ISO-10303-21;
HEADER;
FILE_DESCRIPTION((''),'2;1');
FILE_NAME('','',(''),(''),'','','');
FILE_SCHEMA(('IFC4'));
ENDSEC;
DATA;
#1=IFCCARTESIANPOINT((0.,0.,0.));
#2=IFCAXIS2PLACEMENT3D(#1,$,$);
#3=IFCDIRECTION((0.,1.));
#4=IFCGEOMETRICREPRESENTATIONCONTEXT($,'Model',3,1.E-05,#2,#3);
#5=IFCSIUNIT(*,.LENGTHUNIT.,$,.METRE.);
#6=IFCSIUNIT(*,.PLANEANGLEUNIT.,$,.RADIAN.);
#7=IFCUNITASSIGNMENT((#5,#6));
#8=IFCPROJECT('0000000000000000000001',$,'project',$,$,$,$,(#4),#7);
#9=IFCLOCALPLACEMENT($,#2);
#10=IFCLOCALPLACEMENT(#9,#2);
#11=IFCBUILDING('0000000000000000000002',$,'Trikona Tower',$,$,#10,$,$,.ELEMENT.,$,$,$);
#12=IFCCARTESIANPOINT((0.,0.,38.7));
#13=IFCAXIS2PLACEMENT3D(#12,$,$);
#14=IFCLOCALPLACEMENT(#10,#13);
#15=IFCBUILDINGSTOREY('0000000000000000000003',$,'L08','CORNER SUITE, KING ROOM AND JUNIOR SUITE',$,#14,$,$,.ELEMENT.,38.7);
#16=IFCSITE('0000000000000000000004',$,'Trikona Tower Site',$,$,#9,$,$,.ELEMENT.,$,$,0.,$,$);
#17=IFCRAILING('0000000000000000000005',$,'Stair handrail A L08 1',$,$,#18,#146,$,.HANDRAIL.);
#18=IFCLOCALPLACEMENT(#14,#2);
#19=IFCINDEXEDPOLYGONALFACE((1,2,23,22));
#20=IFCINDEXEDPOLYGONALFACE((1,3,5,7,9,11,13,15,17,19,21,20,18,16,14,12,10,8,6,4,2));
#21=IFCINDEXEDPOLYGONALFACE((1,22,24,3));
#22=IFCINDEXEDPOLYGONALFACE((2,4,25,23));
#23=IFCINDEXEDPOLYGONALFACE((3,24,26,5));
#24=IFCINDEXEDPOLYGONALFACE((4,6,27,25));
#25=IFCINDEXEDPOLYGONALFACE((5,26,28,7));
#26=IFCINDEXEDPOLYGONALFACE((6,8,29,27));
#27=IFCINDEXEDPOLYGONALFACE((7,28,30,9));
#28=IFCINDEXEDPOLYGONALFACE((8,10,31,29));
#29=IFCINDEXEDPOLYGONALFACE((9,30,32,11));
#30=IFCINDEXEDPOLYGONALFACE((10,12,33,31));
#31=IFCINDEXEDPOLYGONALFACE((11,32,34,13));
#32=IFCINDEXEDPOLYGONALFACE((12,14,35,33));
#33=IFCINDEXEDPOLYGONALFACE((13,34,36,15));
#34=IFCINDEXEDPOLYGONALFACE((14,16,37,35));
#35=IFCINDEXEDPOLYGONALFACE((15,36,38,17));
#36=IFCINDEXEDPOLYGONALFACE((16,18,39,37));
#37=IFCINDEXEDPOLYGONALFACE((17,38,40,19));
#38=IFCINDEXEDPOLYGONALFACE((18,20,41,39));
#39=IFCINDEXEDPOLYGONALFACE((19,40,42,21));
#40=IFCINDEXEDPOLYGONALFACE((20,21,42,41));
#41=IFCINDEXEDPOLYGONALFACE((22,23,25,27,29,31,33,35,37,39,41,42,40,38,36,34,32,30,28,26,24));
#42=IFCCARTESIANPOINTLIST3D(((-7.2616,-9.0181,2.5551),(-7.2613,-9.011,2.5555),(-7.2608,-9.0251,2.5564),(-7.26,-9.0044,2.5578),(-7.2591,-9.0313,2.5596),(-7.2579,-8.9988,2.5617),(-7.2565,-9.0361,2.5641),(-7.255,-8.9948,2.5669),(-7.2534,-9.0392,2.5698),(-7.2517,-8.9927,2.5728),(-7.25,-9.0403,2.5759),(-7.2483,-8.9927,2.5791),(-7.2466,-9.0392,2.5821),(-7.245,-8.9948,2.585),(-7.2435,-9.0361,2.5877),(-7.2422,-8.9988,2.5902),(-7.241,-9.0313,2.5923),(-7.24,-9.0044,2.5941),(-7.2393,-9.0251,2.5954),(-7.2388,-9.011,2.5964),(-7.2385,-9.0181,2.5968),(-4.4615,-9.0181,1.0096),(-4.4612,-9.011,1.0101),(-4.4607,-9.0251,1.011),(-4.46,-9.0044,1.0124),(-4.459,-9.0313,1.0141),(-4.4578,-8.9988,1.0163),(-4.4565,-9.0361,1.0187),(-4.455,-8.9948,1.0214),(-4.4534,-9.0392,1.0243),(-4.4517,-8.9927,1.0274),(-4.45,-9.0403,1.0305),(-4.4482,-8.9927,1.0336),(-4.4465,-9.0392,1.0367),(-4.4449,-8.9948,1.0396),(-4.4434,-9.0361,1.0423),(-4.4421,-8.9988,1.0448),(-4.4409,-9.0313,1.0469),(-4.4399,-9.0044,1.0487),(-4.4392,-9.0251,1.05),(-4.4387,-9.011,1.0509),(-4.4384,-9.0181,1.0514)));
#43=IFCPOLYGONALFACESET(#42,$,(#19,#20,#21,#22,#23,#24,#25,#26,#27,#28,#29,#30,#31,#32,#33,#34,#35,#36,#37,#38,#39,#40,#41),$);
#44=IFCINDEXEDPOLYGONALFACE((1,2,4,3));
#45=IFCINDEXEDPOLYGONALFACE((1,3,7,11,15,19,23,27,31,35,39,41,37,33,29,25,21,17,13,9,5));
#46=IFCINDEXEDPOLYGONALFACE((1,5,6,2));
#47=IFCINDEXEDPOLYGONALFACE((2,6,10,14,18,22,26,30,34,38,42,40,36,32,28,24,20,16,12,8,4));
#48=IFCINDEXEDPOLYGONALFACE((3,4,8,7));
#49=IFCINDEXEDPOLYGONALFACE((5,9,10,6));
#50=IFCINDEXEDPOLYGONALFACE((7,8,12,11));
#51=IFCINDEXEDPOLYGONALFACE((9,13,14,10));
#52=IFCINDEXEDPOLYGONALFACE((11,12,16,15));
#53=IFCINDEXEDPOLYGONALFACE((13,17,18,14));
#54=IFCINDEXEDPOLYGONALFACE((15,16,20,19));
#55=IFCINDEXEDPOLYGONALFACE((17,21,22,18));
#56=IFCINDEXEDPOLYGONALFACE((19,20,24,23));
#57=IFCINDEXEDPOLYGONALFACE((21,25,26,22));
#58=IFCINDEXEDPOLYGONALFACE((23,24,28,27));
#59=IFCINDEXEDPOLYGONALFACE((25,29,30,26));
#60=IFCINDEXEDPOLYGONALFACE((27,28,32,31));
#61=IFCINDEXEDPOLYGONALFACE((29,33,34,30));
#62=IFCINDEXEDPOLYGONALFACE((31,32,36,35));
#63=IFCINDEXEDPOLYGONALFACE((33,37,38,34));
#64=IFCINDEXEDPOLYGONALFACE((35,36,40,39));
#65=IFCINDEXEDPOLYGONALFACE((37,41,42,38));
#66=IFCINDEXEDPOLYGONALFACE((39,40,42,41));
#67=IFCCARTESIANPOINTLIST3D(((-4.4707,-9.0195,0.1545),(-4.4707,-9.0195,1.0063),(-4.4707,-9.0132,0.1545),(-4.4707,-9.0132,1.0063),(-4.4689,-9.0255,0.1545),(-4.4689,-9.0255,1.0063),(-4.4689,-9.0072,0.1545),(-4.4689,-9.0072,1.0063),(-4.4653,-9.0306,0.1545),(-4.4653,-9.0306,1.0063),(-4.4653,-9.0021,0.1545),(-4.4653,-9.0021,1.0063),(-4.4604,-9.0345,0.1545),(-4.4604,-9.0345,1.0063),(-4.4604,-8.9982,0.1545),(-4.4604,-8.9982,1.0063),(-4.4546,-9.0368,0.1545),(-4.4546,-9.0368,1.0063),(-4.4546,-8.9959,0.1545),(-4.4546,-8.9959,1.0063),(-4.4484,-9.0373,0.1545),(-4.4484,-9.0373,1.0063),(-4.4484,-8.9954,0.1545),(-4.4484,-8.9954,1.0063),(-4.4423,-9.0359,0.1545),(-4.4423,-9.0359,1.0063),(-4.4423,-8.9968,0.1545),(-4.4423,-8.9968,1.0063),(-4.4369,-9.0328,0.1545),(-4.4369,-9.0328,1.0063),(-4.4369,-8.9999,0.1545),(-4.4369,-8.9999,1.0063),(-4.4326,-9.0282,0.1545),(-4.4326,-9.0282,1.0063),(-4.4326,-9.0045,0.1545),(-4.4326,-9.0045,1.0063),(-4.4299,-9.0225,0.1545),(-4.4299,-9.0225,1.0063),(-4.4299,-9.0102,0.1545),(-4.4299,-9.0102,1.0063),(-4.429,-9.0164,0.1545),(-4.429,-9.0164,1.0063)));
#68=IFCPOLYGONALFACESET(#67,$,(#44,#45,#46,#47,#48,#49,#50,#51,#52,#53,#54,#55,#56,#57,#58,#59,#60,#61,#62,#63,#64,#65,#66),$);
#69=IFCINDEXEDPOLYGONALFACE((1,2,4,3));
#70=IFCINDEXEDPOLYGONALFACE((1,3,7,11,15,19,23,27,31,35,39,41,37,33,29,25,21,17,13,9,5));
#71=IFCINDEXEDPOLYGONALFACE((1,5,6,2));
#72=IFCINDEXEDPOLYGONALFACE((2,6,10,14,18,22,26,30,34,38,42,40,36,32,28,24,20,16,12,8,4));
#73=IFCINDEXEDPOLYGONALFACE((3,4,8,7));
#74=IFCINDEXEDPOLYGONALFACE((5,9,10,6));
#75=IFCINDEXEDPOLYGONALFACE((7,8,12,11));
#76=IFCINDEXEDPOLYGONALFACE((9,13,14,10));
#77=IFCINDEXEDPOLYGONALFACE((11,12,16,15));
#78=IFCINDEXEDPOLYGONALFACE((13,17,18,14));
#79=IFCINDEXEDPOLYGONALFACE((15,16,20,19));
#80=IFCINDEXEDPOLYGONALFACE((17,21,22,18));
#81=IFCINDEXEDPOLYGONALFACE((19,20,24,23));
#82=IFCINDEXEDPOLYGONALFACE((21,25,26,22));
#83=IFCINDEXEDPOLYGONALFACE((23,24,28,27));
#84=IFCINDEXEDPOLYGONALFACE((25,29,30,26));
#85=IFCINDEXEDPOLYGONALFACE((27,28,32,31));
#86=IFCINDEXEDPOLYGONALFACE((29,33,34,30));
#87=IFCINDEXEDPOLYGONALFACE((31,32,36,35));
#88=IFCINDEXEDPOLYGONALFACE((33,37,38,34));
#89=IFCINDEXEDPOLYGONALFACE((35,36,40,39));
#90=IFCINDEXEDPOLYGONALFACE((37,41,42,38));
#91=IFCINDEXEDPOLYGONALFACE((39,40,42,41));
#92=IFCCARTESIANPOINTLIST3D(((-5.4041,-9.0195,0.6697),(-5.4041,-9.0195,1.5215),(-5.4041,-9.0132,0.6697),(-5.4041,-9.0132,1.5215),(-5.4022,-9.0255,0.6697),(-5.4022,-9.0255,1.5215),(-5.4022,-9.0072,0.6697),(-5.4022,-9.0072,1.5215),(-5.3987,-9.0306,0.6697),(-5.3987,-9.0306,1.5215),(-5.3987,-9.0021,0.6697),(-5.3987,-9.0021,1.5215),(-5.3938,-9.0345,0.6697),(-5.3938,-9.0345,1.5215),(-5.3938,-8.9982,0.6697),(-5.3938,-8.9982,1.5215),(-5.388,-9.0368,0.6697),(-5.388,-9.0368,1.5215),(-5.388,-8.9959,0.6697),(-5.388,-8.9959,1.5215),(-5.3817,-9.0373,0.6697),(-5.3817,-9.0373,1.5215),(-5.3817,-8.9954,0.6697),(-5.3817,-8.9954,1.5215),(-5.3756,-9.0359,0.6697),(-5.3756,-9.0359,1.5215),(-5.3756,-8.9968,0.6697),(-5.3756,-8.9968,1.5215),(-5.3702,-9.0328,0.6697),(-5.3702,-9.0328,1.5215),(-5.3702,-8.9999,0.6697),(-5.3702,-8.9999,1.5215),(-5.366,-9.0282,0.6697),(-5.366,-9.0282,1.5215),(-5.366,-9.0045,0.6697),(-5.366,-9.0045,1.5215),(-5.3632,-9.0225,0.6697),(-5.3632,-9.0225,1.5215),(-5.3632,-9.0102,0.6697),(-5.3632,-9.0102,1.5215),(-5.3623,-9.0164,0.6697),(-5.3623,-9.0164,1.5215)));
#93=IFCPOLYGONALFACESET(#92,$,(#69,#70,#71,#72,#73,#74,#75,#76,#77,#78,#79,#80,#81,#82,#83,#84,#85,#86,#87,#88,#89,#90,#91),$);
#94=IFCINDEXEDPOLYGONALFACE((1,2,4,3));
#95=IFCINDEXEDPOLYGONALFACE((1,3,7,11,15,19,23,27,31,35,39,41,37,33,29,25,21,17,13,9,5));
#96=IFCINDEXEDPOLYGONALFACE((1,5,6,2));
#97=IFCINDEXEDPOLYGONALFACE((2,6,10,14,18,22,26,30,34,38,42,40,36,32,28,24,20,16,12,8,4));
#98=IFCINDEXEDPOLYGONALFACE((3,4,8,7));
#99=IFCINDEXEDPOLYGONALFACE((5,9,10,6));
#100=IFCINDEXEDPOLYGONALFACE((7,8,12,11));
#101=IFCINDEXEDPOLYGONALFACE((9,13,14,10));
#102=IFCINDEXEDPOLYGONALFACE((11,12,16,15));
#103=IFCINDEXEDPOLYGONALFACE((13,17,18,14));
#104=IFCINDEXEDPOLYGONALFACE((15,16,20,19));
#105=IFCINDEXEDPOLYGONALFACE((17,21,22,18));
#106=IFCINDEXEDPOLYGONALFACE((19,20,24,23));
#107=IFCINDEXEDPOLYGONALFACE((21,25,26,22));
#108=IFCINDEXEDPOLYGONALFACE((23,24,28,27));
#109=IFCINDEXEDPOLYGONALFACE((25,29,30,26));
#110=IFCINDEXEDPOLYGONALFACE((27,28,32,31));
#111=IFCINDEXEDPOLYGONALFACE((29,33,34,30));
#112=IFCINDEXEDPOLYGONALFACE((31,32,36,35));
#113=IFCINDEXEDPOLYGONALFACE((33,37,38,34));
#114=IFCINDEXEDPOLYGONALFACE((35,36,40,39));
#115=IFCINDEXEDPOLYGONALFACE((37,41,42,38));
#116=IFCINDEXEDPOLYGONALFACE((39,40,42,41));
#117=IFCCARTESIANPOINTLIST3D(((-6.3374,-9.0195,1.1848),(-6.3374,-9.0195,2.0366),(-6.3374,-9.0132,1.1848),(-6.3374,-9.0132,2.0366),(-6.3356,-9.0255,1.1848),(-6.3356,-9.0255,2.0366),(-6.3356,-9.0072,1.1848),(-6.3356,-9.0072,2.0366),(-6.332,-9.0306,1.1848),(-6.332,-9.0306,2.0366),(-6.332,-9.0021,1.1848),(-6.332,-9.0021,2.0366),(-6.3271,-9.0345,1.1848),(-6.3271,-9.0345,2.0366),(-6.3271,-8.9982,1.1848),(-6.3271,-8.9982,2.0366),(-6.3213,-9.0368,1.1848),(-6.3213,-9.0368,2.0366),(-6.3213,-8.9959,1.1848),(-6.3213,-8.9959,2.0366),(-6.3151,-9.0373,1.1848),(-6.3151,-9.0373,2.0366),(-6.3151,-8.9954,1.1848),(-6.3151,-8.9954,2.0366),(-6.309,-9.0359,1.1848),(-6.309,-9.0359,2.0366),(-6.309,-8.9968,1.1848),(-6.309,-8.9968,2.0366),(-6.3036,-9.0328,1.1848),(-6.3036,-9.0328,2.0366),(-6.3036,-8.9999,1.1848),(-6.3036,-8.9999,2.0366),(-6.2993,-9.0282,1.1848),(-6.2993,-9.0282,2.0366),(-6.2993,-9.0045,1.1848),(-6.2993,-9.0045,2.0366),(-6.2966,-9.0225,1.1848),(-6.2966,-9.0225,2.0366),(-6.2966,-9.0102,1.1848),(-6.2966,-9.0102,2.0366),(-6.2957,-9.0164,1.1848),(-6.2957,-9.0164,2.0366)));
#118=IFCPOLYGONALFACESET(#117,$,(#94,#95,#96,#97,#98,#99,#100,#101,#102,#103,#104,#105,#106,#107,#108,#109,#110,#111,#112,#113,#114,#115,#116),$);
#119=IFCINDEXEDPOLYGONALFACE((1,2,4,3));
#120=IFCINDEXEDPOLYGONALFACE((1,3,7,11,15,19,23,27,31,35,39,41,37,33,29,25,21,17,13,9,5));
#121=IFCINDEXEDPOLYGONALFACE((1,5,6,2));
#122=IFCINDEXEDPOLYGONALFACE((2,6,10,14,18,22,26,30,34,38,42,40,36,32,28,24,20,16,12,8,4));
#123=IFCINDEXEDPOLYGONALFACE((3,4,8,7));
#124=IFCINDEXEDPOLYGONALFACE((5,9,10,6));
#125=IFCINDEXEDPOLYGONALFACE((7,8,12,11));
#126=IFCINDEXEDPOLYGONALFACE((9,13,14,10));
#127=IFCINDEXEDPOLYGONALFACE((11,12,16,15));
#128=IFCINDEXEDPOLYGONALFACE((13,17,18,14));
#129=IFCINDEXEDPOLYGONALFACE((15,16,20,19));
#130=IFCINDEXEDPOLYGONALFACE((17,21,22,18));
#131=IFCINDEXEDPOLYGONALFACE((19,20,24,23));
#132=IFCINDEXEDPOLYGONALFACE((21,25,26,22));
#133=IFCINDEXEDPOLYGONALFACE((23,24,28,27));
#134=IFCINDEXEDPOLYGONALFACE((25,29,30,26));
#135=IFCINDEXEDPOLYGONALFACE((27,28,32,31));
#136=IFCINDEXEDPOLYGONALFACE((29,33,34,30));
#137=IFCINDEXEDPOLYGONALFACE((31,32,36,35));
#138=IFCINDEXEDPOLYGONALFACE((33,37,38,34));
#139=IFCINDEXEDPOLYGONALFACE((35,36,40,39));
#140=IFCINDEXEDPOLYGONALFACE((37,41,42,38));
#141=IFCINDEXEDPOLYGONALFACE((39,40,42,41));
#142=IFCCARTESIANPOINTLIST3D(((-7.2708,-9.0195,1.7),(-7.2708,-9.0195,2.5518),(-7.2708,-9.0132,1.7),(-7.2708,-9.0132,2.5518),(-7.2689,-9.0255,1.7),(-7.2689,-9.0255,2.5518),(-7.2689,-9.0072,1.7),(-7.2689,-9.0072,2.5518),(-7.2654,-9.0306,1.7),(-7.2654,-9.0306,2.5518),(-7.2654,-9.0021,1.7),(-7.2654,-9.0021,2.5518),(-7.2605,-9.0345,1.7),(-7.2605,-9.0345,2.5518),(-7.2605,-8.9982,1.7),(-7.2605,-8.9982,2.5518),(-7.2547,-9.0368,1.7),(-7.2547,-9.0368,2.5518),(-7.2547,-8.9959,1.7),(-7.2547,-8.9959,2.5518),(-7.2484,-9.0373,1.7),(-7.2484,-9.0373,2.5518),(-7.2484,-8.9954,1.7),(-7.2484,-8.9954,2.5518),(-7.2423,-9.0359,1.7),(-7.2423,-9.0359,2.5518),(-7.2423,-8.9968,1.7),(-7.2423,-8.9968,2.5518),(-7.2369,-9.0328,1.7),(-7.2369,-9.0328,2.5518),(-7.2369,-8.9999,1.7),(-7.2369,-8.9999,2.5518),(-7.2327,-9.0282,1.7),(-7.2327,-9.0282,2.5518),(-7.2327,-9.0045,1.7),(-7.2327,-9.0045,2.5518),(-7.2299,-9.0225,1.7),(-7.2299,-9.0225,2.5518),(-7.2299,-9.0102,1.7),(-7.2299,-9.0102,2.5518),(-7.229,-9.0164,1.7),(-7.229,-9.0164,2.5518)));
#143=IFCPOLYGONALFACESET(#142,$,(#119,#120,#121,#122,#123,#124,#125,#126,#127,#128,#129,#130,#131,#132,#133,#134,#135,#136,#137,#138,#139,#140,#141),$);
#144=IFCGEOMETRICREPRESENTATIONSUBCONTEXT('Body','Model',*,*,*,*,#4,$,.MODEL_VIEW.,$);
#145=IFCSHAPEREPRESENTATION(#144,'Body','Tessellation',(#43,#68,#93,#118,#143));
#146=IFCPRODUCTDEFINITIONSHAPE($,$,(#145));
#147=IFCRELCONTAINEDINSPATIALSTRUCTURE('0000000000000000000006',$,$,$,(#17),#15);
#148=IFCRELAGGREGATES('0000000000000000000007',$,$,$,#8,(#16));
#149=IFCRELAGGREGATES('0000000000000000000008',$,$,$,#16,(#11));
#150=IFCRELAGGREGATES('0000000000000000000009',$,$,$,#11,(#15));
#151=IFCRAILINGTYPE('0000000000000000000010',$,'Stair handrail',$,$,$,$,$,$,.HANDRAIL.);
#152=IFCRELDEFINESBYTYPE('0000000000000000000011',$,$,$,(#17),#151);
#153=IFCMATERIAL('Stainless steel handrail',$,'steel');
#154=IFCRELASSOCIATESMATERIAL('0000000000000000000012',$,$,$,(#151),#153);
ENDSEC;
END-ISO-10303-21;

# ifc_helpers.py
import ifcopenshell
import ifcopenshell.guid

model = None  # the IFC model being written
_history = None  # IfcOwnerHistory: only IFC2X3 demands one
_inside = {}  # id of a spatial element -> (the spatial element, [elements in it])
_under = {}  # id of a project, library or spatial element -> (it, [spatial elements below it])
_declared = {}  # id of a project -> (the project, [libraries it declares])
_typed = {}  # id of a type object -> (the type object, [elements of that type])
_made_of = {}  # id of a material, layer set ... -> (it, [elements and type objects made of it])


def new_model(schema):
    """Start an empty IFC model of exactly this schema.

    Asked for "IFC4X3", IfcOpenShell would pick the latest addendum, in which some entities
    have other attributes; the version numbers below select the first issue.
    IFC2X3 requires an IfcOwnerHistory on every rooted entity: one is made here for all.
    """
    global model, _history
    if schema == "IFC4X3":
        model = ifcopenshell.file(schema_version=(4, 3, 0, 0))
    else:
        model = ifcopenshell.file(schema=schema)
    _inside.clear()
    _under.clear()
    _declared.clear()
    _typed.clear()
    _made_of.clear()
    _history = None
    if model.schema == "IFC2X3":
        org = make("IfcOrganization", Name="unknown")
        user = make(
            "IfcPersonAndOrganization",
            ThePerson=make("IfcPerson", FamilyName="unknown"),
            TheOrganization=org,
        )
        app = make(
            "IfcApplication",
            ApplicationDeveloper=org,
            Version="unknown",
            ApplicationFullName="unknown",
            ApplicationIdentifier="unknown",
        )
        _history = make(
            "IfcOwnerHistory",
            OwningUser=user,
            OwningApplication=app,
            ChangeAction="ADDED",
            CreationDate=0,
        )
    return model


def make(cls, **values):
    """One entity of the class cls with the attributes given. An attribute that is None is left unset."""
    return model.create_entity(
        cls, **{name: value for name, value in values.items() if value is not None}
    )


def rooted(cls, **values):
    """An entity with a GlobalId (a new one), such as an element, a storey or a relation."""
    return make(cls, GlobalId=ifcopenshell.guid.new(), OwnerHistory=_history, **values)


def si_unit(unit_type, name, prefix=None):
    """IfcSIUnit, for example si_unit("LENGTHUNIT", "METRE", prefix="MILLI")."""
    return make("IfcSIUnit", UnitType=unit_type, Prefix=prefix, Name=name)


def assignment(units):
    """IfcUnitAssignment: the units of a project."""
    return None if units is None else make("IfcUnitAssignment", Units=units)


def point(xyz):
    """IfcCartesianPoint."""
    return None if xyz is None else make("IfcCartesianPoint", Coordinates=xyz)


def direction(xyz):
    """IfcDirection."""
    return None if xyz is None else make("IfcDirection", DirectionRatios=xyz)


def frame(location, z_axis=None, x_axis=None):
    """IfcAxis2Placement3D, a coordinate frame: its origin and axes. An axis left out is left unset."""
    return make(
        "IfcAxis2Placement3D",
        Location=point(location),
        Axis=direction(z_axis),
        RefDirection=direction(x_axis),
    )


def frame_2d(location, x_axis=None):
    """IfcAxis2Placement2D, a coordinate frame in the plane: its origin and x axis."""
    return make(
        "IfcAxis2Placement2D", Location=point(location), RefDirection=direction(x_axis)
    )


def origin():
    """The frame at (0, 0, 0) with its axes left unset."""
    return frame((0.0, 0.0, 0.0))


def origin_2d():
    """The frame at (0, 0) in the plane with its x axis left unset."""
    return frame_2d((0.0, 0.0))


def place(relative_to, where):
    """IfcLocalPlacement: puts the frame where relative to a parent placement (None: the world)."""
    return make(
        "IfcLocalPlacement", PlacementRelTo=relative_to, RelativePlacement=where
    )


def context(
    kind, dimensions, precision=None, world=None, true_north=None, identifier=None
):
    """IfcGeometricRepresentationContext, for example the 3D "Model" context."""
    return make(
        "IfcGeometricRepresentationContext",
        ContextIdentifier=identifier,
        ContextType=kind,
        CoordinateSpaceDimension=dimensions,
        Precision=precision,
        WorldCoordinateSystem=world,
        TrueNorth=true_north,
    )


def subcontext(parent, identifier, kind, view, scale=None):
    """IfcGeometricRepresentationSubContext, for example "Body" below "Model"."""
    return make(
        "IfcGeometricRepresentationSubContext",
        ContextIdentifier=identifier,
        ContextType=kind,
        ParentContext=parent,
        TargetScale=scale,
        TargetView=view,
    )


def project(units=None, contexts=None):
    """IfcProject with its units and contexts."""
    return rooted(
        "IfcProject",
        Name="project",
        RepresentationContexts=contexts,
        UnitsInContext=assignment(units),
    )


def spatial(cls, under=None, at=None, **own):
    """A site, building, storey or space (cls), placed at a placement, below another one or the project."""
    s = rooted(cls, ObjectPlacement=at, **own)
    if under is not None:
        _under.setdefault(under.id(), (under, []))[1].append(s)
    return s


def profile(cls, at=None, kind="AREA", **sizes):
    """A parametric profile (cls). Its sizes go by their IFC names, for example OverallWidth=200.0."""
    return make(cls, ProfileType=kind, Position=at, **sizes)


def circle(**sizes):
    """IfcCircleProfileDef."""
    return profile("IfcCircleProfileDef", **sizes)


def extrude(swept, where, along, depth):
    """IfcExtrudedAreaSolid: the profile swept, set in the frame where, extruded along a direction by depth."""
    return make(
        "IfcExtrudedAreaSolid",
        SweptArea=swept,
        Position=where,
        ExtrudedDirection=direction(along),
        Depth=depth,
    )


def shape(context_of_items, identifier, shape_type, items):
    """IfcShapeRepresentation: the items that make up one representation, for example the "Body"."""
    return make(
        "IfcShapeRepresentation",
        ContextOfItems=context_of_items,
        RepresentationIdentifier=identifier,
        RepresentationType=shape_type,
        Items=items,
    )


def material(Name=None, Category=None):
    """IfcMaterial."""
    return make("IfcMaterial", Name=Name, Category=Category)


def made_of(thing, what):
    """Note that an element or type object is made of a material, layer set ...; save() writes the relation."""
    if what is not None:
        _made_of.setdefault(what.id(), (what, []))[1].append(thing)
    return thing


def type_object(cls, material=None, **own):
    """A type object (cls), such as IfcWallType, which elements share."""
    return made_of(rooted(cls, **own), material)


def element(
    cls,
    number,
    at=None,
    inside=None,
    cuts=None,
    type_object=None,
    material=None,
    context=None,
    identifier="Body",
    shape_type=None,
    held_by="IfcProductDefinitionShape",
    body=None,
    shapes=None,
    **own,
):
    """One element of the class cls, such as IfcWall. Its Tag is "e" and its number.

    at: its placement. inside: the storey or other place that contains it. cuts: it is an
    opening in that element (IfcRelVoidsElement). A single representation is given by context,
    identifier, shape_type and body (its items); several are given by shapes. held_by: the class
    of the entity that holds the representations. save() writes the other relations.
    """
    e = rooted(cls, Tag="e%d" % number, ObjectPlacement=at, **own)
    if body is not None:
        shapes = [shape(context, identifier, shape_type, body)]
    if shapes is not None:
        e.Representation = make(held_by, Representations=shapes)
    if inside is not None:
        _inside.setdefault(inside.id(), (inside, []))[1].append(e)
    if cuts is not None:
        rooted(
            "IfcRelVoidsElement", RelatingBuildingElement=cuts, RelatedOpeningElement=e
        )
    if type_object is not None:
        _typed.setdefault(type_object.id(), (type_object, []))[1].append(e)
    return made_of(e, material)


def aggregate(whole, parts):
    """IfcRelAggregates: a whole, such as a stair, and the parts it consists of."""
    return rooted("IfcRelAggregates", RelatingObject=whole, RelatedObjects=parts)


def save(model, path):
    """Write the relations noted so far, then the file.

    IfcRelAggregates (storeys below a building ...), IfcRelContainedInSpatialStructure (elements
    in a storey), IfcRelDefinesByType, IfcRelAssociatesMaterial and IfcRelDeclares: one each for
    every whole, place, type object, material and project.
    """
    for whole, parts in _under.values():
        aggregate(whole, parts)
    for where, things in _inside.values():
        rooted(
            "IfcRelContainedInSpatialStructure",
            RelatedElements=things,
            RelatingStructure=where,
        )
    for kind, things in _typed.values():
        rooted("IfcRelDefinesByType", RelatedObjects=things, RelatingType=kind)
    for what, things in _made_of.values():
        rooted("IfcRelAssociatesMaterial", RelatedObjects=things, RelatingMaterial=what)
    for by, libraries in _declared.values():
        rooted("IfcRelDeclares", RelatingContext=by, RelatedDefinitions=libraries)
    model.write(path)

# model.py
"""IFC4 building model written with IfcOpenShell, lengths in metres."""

from ifc_helpers import new_model, si_unit, direction, frame, origin, origin_2d, place, context, subcontext, project, spatial, circle, extrude, material, type_object, element, save


model = new_model("IFC4")

# Units and contexts
model_context = context("Model", 3, precision=1e-05, world=origin(), true_north=direction((0.0, 1.0)))
body_context = subcontext(model_context, "Body", "Model", "MODEL_VIEW")
ifc_project = project(units=[si_unit("LENGTHUNIT", "METRE"), si_unit("PLANEANGLEUNIT", "RADIAN")], contexts=[model_context])

# Site, building, storey
site_placement = place(None, origin())
site = spatial("IfcSite", under=ifc_project, at=site_placement, Name="Trikona Tower Site", CompositionType="ELEMENT", RefElevation=0.0)
building_placement = place(site_placement, origin())
building = spatial("IfcBuilding", under=site, at=building_placement, Name="Trikona Tower", CompositionType="ELEMENT")
storey_placement = place(building_placement, frame((0.0, 0.0, 38.7)))
storey = spatial("IfcBuildingStorey", under=building, at=storey_placement, Name="L08", Description="CORNER SUITE, KING ROOM AND JUNIOR SUITE", CompositionType="ELEMENT", Elevation=38.7)

# Railing
ifc_material_1 = material(Name="Stainless steel handrail", Category="steel")
railing_type = type_object("IfcRailingType", Name="Stair handrail", PredefinedType="HANDRAIL", material=ifc_material_1)
railing_placement = place(storey_placement, frame((-4.45, -9.0164, 0.1545)))
element("IfcRailing", 1, at=railing_placement, inside=storey, type_object=railing_type, Name="Stair handrail A L08 1", PredefinedType="HANDRAIL", context=body_context, shape_type="SweptSolid", body=[
    extrude(circle(Radius=0.0239, at=origin_2d()), frame((0.0, 0.0, 0.876), z_axis=(-0.875504, 0.0, 0.483211), x_axis=(0.0, -1.0, 0.0)), (0.0, 0.0, 1.0), 3.1982),
    extrude(circle(Radius=0.021, at=origin_2d()), origin(), (0.0, 0.0, 1.0), 0.8518),
    extrude(circle(Radius=0.021, at=origin_2d()), frame((-0.9333, 0.0, 0.5151)), (0.0, 0.0, 1.0), 0.8518),
    extrude(circle(Radius=0.021, at=origin_2d()), frame((-1.8667, 0.0, 1.0303)), (0.0, 0.0, 1.0), 0.8518),
    extrude(circle(Radius=0.021, at=origin_2d()), frame((-2.8, 0.0, 1.5454)), (0.0, 0.0, 1.0), 0.8518),
])

save(model, "model.ifc")
